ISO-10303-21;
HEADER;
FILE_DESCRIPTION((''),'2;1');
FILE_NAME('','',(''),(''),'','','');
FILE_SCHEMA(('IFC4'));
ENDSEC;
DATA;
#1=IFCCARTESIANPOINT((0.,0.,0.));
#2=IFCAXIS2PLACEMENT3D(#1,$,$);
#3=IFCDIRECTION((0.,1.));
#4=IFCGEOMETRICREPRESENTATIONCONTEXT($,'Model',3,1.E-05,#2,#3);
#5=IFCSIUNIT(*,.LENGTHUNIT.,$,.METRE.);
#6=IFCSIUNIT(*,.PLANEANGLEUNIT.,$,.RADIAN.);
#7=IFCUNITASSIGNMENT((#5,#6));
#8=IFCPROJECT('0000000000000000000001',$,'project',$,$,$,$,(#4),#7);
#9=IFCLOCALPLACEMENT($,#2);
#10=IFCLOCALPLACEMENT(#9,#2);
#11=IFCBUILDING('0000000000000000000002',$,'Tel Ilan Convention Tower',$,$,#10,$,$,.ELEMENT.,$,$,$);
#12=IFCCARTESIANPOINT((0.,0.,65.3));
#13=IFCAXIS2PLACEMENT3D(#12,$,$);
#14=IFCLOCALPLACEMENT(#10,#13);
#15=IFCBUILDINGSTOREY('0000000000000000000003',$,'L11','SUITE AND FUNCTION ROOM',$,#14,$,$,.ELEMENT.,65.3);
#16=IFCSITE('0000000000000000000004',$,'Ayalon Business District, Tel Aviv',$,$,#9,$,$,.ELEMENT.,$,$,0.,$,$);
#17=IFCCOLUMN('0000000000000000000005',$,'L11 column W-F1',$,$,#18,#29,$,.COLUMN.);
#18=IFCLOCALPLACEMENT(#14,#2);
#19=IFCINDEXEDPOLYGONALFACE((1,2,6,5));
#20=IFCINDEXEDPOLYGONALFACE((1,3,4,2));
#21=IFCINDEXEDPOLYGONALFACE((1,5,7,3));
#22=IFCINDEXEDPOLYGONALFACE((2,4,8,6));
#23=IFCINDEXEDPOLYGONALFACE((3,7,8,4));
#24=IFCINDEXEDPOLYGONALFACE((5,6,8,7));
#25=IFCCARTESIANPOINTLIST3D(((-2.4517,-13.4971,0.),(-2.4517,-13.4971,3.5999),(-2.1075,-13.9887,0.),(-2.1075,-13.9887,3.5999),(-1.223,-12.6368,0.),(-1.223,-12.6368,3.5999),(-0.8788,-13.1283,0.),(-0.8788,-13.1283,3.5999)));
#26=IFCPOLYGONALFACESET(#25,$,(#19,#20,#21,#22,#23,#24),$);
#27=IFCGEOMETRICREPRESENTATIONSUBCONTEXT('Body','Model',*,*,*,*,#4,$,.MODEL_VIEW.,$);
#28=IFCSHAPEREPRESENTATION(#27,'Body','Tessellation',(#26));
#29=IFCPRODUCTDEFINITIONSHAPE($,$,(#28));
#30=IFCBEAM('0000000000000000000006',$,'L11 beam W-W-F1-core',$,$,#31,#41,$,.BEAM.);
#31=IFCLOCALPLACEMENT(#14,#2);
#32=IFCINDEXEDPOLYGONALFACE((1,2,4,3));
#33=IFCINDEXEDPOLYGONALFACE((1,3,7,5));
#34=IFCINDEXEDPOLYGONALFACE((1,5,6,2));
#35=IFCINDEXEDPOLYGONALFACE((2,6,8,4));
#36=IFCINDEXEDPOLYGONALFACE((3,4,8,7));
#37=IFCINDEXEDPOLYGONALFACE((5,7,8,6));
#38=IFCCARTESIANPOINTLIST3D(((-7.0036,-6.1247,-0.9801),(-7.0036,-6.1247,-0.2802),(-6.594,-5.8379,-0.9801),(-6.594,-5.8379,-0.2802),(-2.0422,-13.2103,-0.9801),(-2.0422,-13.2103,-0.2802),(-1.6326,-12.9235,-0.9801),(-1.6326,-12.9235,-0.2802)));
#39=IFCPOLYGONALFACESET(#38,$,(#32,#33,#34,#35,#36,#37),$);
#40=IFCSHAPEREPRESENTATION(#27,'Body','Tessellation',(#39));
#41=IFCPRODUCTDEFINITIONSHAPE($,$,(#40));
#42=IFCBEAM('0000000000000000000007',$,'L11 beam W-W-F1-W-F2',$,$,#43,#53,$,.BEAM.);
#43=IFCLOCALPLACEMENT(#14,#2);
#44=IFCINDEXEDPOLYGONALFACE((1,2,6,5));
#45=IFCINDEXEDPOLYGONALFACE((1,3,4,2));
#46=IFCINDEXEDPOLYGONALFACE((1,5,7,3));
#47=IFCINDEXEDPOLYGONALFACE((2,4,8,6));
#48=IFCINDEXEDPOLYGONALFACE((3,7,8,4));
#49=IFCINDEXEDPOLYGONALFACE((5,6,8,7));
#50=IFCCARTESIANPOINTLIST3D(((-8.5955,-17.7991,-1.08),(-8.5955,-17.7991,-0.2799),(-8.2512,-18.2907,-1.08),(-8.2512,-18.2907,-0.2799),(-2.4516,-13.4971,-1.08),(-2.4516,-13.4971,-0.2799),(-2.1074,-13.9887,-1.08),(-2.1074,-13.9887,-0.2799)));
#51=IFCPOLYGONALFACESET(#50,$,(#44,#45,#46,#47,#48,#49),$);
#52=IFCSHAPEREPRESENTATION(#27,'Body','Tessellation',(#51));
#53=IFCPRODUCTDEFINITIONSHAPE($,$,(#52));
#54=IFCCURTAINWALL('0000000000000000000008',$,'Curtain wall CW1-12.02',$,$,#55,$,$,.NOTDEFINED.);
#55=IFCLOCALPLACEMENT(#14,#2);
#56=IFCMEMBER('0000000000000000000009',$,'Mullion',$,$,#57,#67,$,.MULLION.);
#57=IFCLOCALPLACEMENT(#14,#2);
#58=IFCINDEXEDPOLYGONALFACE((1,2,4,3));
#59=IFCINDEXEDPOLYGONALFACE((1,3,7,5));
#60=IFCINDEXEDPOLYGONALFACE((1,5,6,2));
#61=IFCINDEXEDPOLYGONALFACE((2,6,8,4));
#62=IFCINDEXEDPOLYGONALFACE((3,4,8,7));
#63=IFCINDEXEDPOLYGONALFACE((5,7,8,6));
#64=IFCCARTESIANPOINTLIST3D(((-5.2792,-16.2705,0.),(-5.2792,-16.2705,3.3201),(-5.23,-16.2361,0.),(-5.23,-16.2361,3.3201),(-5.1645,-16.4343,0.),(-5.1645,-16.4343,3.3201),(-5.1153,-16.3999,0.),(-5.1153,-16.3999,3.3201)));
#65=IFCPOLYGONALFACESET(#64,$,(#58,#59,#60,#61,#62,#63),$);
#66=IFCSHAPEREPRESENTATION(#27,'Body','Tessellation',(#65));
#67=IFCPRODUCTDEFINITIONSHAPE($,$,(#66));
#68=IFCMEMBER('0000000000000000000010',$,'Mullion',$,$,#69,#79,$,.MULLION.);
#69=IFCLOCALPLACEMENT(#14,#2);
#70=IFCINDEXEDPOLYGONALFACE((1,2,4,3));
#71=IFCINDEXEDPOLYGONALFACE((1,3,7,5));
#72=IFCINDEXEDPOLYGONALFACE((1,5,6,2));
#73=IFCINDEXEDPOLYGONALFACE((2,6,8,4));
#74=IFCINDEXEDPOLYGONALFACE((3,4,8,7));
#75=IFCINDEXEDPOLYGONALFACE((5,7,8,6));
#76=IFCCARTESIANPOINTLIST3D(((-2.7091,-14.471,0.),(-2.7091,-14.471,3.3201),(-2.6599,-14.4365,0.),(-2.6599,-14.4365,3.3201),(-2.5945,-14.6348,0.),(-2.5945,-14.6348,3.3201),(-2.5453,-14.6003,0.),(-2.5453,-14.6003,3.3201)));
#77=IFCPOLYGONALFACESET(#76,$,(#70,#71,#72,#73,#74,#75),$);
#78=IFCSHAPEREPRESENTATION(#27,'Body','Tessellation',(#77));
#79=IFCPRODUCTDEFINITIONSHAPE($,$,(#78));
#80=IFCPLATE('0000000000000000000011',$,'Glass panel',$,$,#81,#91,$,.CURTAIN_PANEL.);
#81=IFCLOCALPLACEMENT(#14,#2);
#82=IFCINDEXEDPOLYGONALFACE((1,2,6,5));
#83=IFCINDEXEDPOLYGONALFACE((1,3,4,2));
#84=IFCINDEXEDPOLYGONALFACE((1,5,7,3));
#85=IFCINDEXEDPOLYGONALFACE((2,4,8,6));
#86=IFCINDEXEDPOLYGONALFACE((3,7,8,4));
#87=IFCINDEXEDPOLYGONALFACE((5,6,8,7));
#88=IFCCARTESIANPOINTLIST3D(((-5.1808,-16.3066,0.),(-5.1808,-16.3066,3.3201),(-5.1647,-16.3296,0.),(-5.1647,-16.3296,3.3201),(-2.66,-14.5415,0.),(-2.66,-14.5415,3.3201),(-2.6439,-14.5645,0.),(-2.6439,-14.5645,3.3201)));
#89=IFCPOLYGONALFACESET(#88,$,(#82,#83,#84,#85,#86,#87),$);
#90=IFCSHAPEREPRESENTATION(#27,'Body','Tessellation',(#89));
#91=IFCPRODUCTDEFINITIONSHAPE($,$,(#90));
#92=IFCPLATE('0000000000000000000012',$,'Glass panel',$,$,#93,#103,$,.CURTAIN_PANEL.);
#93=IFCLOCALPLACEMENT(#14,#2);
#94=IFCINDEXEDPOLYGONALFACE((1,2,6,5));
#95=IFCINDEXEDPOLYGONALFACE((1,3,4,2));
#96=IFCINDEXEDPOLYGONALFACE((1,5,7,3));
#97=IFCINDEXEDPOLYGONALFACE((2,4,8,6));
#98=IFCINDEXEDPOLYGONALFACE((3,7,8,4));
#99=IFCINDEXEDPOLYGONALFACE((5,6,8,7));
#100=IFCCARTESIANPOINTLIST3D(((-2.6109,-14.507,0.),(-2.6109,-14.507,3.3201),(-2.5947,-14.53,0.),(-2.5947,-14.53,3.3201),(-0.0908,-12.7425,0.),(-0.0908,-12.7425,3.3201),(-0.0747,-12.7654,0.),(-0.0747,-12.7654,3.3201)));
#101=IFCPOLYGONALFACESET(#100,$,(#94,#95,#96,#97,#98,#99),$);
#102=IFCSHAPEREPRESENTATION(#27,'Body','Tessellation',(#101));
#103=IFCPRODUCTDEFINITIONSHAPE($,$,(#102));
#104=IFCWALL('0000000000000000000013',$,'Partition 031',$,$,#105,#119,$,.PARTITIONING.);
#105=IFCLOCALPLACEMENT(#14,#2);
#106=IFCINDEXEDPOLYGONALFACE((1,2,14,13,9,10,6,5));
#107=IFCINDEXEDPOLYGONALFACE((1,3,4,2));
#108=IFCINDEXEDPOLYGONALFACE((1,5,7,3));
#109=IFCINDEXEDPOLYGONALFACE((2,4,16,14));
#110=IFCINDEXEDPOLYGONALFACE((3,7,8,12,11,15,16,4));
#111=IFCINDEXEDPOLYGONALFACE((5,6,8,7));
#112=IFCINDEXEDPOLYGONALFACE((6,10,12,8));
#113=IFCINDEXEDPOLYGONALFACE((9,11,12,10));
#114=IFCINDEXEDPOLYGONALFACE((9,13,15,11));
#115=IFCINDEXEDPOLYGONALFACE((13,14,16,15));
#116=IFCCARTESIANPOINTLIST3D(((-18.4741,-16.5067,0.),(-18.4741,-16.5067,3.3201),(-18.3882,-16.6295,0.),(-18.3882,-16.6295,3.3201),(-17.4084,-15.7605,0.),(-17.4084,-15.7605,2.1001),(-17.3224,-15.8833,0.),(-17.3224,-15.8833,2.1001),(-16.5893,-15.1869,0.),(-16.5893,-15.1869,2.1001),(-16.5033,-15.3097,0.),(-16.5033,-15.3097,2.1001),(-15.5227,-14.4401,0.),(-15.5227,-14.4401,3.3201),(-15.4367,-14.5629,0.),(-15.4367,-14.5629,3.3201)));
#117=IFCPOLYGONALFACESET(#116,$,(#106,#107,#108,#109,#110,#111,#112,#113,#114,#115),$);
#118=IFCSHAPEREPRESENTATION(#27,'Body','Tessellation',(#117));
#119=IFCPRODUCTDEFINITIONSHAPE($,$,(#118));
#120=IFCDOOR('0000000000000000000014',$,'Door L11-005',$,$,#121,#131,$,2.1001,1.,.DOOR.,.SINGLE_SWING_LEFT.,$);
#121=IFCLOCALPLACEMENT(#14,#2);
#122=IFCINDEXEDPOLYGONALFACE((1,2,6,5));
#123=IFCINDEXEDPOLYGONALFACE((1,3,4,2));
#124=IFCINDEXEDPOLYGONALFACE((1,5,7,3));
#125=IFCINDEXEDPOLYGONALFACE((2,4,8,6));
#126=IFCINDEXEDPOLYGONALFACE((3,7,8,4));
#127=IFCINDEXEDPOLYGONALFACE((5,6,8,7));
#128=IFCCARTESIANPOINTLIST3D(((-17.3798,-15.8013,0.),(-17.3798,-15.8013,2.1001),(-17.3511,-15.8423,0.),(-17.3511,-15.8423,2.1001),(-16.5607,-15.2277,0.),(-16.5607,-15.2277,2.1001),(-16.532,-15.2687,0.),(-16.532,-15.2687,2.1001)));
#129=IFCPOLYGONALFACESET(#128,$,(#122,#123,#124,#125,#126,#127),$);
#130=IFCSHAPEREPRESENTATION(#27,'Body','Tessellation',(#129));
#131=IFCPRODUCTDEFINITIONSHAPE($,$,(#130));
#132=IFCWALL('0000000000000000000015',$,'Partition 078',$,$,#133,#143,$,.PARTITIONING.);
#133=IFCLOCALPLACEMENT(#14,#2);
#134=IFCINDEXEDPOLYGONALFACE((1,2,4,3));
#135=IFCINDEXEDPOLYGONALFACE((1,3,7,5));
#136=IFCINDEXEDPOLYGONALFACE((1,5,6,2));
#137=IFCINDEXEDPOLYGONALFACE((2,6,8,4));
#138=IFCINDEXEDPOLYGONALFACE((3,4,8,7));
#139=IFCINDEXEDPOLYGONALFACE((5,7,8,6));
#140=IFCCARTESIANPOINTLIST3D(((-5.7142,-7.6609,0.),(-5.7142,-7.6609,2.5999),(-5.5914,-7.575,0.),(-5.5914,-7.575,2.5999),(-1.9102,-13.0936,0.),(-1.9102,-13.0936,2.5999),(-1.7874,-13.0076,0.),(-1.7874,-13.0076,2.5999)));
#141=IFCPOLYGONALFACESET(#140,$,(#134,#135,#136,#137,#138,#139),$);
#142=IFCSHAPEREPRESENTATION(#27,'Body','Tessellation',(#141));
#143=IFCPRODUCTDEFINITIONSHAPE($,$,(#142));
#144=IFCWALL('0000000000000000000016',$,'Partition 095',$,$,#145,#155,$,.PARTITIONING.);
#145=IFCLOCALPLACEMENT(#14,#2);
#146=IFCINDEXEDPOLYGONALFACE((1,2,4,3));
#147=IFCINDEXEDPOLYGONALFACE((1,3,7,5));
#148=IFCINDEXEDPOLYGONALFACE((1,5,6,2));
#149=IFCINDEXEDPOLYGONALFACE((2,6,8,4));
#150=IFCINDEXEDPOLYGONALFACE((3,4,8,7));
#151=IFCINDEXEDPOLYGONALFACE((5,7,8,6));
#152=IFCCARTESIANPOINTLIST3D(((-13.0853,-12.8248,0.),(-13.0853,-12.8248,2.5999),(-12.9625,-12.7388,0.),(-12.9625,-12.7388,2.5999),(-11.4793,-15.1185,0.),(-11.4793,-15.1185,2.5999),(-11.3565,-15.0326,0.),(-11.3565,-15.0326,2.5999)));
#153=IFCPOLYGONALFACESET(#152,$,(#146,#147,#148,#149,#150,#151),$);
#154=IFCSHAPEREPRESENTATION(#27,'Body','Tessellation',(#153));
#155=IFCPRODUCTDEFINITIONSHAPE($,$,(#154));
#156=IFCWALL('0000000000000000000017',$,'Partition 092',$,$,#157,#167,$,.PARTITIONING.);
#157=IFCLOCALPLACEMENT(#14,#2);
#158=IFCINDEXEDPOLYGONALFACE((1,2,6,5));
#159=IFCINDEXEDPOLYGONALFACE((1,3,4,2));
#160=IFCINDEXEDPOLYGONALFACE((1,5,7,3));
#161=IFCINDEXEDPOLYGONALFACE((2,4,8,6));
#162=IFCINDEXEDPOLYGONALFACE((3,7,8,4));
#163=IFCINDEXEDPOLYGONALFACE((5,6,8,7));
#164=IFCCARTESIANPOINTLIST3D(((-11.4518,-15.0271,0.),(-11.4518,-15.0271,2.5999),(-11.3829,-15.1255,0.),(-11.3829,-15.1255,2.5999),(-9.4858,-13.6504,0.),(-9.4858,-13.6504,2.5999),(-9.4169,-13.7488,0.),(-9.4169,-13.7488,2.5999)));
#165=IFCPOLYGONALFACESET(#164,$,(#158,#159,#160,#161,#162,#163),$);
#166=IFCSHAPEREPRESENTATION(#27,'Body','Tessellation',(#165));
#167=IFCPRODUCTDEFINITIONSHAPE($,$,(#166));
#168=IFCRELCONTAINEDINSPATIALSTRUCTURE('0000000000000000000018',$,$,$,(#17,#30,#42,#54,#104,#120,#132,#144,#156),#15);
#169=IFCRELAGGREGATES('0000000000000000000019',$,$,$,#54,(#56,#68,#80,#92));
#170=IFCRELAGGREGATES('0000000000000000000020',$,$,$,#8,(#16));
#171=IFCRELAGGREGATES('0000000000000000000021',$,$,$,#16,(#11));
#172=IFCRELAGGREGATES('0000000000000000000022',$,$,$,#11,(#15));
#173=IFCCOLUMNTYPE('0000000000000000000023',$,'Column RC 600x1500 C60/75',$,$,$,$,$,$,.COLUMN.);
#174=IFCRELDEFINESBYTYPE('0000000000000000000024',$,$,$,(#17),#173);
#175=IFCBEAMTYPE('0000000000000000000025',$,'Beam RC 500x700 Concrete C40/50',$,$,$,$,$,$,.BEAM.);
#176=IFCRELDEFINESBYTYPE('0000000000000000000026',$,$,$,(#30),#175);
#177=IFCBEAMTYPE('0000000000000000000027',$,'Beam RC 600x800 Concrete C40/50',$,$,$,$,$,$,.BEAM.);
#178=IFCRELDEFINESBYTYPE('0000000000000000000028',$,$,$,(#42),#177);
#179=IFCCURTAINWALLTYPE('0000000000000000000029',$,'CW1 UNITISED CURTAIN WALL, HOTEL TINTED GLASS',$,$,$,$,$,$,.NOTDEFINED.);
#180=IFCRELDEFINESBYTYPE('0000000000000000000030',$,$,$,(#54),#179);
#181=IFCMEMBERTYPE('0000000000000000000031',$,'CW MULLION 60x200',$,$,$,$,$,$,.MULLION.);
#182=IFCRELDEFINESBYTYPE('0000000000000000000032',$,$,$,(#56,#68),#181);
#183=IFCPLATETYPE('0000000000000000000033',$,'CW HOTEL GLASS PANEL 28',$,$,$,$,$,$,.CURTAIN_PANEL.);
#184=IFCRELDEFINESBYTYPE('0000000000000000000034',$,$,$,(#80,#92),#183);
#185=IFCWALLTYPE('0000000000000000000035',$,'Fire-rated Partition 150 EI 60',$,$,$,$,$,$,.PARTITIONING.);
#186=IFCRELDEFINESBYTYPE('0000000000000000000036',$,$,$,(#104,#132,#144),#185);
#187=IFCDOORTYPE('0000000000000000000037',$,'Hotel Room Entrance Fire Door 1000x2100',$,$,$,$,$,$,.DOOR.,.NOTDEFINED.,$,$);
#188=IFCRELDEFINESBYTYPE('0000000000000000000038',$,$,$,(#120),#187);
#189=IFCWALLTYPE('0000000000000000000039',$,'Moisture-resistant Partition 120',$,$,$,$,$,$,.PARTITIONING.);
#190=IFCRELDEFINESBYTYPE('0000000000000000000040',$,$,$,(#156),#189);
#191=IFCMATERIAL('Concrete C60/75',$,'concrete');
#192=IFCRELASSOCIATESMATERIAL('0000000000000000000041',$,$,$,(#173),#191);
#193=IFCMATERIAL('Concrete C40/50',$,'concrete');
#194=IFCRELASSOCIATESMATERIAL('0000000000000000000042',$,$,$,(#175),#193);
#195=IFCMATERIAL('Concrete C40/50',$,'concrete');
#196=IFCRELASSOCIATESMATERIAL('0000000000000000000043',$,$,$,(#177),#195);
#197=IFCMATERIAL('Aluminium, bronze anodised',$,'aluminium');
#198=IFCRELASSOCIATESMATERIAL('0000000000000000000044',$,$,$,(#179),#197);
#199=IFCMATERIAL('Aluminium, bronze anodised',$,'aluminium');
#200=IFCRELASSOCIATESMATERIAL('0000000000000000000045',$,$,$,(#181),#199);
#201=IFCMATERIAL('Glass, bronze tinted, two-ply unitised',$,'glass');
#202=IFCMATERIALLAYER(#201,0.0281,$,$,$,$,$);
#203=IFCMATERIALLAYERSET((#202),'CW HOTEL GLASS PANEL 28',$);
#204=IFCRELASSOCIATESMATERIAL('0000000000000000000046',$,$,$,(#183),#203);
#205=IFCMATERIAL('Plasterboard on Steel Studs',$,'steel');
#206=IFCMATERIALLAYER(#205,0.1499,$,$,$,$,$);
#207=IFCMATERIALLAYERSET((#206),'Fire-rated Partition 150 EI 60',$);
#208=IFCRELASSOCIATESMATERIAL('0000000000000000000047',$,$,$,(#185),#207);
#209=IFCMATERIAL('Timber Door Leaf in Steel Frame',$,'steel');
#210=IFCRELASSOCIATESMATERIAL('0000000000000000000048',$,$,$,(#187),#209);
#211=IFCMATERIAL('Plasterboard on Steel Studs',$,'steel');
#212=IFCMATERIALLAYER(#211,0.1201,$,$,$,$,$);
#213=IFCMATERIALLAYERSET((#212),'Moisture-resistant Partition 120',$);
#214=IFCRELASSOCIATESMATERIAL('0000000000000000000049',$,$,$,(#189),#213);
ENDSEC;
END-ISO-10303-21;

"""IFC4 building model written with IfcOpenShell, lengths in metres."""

from ifc_helpers import new_model, si_unit, direction, frame, frame_2d, origin, origin_2d, place, context, subcontext, project, spatial, rectangle, extrude, material, layer, layer_set, material_profile, profile_set, type_object, element, fill, aggregate, save


model = new_model("IFC4")

# Units and contexts
model_context = context("Model", 3, precision=1e-05, world=origin(), true_north=direction((0.0, 1.0)))
body_context = subcontext(model_context, "Body", "Model", "MODEL_VIEW")
ifc_project = project(units=[si_unit("LENGTHUNIT", "METRE"), si_unit("PLANEANGLEUNIT", "RADIAN")], contexts=[model_context])

# Site, building, storey
site_placement = place(None, origin())
site = spatial("IfcSite", under=ifc_project, at=site_placement, Name="Ayalon Business District, Tel Aviv", CompositionType="ELEMENT", RefElevation=0.0)
building_placement = place(site_placement, origin())
building = spatial("IfcBuilding", under=site, at=building_placement, Name="Tel Ilan Convention Tower", CompositionType="ELEMENT")
storey_placement = place(building_placement, frame((0.0, 0.0, 65.3)))
storey = spatial("IfcBuildingStorey", under=building, at=storey_placement, Name="L11", Description="SUITE AND FUNCTION ROOM", CompositionType="ELEMENT", Elevation=65.3)

# Column
ifc_material_1 = material(Name="Concrete C60/75", Category="concrete")
ifc_material_profile_1 = material_profile(ifc_material_1, rectangle(XDim=1.5, YDim=0.6001, at=origin_2d()), Name="RC 600x1500")
ifc_profile_set_1 = profile_set([ifc_material_profile_1], Name="Concrete C60/75")
column_type = type_object("IfcColumnType", Name="Column RC 600x1500 C60/75", PredefinedType="COLUMN", material=ifc_profile_set_1)
column_placement = place(storey_placement, frame((-1.6653, -13.3127, 0.0), z_axis=(0.0, 0.0, 1.0), x_axis=(-0.819152, -0.573576, 0.0)))
element("IfcColumn", 1, at=column_placement, inside=storey, type_object=column_type, Name="L11 column W-F1", PredefinedType="COLUMN", context=body_context, shape_type="SweptSolid", body=[
    extrude(rectangle(XDim=1.5, YDim=0.6001, at=origin_2d()), origin(), (0.0, 0.0, 1.0), 3.5999),
])

# Beams
ifc_material_2 = material(Name="Concrete C40/50", Category="concrete")
ifc_material_profile_2 = material_profile(ifc_material_2, rectangle(XDim=0.5, YDim=0.7, at=origin_2d()), Name="RC 500x700")
ifc_profile_set_2 = profile_set([ifc_material_profile_2], Name="Concrete C40/50")
beam_type_1 = type_object("IfcBeamType", Name="Beam RC 500x700 Concrete C40/50", PredefinedType="BEAM", material=ifc_profile_set_2)
beam_1_placement = place(storey_placement, frame((-1.8374, -13.0669, -0.6301), z_axis=(-0.573574, 0.819154, 0.0), x_axis=(-0.819154, -0.573574, 0.0)))
element("IfcBeam", 2, at=beam_1_placement, inside=storey, type_object=beam_type_1, Name="L11 beam W-W-F1-core", PredefinedType="BEAM", context=body_context, shape_type="SweptSolid", body=[
    extrude(rectangle(XDim=0.5, YDim=0.7, at=origin_2d()), origin(), (0.0, 0.0, 1.0), 8.6499),
])
ifc_material_3 = material(Name="Concrete C40/50", Category="concrete")
ifc_material_profile_3 = material_profile(ifc_material_3, rectangle(XDim=0.6001, YDim=0.8, at=origin_2d()), Name="RC 600x800")
ifc_profile_set_3 = profile_set([ifc_material_profile_3], Name="Concrete C40/50")
beam_type_2 = type_object("IfcBeamType", Name="Beam RC 600x800 Concrete C40/50", PredefinedType="BEAM", material=ifc_profile_set_3)
beam_2_placement = place(storey_placement, frame((-2.2795, -13.7429, -0.6799), z_axis=(-0.819148, -0.573582, 0.0), x_axis=(0.573582, -0.819148, 0.0)))
element("IfcBeam", 3, at=beam_2_placement, inside=storey, type_object=beam_type_2, Name="L11 beam W-W-F1-W-F2", PredefinedType="BEAM", context=body_context, shape_type="SweptSolid", body=[
    extrude(rectangle(XDim=0.6001, YDim=0.8, at=origin_2d()), origin(), (0.0, 0.0, 1.0), 7.5002),
])

# Curtain wall, members, plates
ifc_material_4 = material(Name="Aluminium, bronze anodised", Category="aluminium")
curtain_wall_type = type_object("IfcCurtainWallType", Name="CW1 UNITISED CURTAIN WALL, HOTEL TINTED GLASS", PredefinedType="NOTDEFINED", material=ifc_material_4)
curtain_wall_placement = place(storey_placement, origin())
curtain_wall = element("IfcCurtainWall", 4, at=curtain_wall_placement, inside=storey, type_object=curtain_wall_type, Name="Curtain wall CW1-12.02", PredefinedType="NOTDEFINED")
ifc_material_5 = material(Name="Aluminium, bronze anodised", Category="aluminium")
ifc_material_profile_4 = material_profile(ifc_material_5, rectangle(XDim=0.0601, YDim=0.2, at=origin_2d()), Name="CW MULLION 60x200")
ifc_profile_set_4 = profile_set([ifc_material_profile_4], Name="Aluminium, bronze anodised")
member_type = type_object("IfcMemberType", Name="CW MULLION 60x200", PredefinedType="MULLION", material=ifc_profile_set_4)
member_1_placement = place(storey_placement, frame((-5.1973, -16.3352, 0.0), z_axis=(0.0, 0.0, 1.0), x_axis=(0.819152, 0.573576, 0.0)))
member_1 = element("IfcMember", 5, at=member_1_placement, type_object=member_type, Name="Mullion", PredefinedType="MULLION", context=body_context, shape_type="SweptSolid", body=[
    extrude(rectangle(XDim=0.0601, YDim=0.2, at=origin_2d()), origin(), (0.0, 0.0, 1.0), 3.3201),
])
member_2_placement = place(storey_placement, frame((-2.6272, -14.5356, 0.0), z_axis=(0.0, 0.0, 1.0), x_axis=(0.819152, 0.573576, 0.0)))
member_2 = element("IfcMember", 6, at=member_2_placement, type_object=member_type, Name="Mullion", PredefinedType="MULLION", context=body_context, shape_type="SweptSolid", body=[
    extrude(rectangle(XDim=0.0601, YDim=0.2, at=origin_2d()), origin(), (0.0, 0.0, 1.0), 3.3201),
])
ifc_material_6 = material(Name="Glass, bronze tinted, two-ply unitised", Category="glass")
ifc_layer_1 = layer(ifc_material_6, 0.0281)
ifc_layer_set_1 = layer_set([ifc_layer_1], Name="CW HOTEL GLASS PANEL 28")
plate_type = type_object("IfcPlateType", Name="CW HOTEL GLASS PANEL 28", PredefinedType="CURTAIN_PANEL", material=ifc_layer_set_1)
plate_1_placement = place(storey_placement, frame((-3.9124, -15.4355, 0.0), z_axis=(0.0, 0.0, 1.0), x_axis=(0.819152, 0.573576, 0.0)))
plate_1 = element("IfcPlate", 7, at=plate_1_placement, type_object=plate_type, Name="Glass panel", PredefinedType="CURTAIN_PANEL", context=body_context, shape_type="SweptSolid", body=[
    extrude(rectangle(XDim=3.0774, YDim=0.0281, at=origin_2d()), origin(), (0.0, 0.0, 1.0), 3.3201),
])
plate_2_placement = place(storey_placement, frame((-1.3428, -13.6362, 0.0), z_axis=(0.0, 0.0, 1.0), x_axis=(0.819152, 0.573576, 0.0)))
plate_2 = element("IfcPlate", 8, at=plate_2_placement, type_object=plate_type, Name="Glass panel", PredefinedType="CURTAIN_PANEL", context=body_context, shape_type="SweptSolid", body=[
    extrude(rectangle(XDim=3.0764, YDim=0.0281, at=origin_2d()), origin(), (0.0, 0.0, 1.0), 3.3201),
])
aggregate(curtain_wall, [member_1, member_2, plate_1, plate_2])

# Wall, opening, door
ifc_material_7 = material(Name="Plasterboard on Steel Studs", Category="steel")
ifc_layer_2 = layer(ifc_material_7, 0.1499)
ifc_layer_set_2 = layer_set([ifc_layer_2], Name="Fire-rated Partition 150 EI 60")
wall_type_1 = type_object("IfcWallType", Name="Fire-rated Partition 150 EI 60", PredefinedType="PARTITIONING", material=ifc_layer_set_2)
wall_1_placement = place(storey_placement, frame((-15.4797, -14.5015, 0.0), z_axis=(0.0, 0.0, 1.0), x_axis=(-0.819146, -0.573585, 0.0)))
wall_1 = element("IfcWall", 9, at=wall_1_placement, inside=storey, type_object=wall_type_1, Name="Partition 031", PredefinedType="PARTITIONING", context=body_context, shape_type="SweptSolid", body=[
    extrude(rectangle(XDim=3.603, YDim=0.1499, at=frame_2d((1.8015, 0.0))), origin(), (0.0, 0.0, 1.0), 3.3201),
])
opening_1_placement = place(wall_1_placement, frame((1.302, 0.0, 0.0)))
opening_1 = element("IfcOpeningElement", 10, at=opening_1_placement, cuts=wall_1, PredefinedType="OPENING", context=body_context, shape_type="SweptSolid", body=[
    extrude(rectangle(XDim=1.0, YDim=2.1001, at=frame_2d((0.5, 1.05))), frame((0.0, 0.085, 0.0), z_axis=(0.0, -1.0, 0.0), x_axis=(1.0, 0.0, 0.0)), (0.0, 0.0, 1.0), 0.1699),
])
ifc_material_8 = material(Name="Timber Door Leaf in Steel Frame", Category="steel")
door_type_1 = type_object("IfcDoorType", Name="Hotel Room Entrance Fire Door 1000x2100", OperationType="NOTDEFINED", PredefinedType="DOOR", material=ifc_material_8)
door_1_placement = place(opening_1_placement, origin())
door_1 = element("IfcDoor", 11, at=door_1_placement, inside=storey, type_object=door_type_1, Name="Door L11-005", OperationType="SINGLE_SWING_LEFT", OverallHeight=2.1001, OverallWidth=1.0, PredefinedType="DOOR", context=body_context, shape_type="SweptSolid", body=[
    extrude(rectangle(XDim=1.0, YDim=2.1001, at=frame_2d((0.5, 1.05))), frame((0.0, 0.0249, 0.0), z_axis=(0.0, -1.0, 0.0), x_axis=(1.0, 0.0, 0.0)), (0.0, 0.0, 1.0), 0.05),
])
fill(opening_1, door_1)

# Walls
wall_2_placement = place(storey_placement, frame((-1.8489, -13.0505, 0.0), z_axis=(0.0, 0.0, 1.0), x_axis=(-0.573576, 0.819152, 0.0)))
element("IfcWall", 12, at=wall_2_placement, inside=storey, type_object=wall_type_1, Name="Partition 078", PredefinedType="PARTITIONING", context=body_context, shape_type="SweptSolid", body=[
    extrude(rectangle(XDim=6.6321, YDim=0.1499, at=frame_2d((3.3159, 0.0))), origin(), (0.0, 0.0, 1.0), 2.5999),
])
wall_3_placement = place(storey_placement, frame((-11.418, -15.0754, 0.0), z_axis=(0.0, 0.0, 1.0), x_axis=(-0.57355, 0.81917, 0.0)))
element("IfcWall", 13, at=wall_3_placement, inside=storey, type_object=wall_type_1, Name="Partition 095", PredefinedType="PARTITIONING", context=body_context, shape_type="SweptSolid", body=[
    extrude(rectangle(XDim=2.8, YDim=0.1499, at=frame_2d((1.3999, 0.0))), origin(), (0.0, 0.0, 1.0), 2.5999),
])
ifc_material_9 = material(Name="Plasterboard on Steel Studs", Category="steel")
ifc_layer_3 = layer(ifc_material_9, 0.1201)
ifc_layer_set_3 = layer_set([ifc_layer_3], Name="Moisture-resistant Partition 120")
wall_type_2 = type_object("IfcWallType", Name="Moisture-resistant Partition 120", PredefinedType="PARTITIONING", material=ifc_layer_set_3)
wall_4_placement = place(storey_placement, frame((-11.4175, -15.0764, 0.0), z_axis=(0.0, 0.0, 1.0), x_axis=(0.819141, 0.573592, 0.0)))
element("IfcWall", 14, at=wall_4_placement, inside=storey, type_object=wall_type_2, Name="Partition 092", PredefinedType="PARTITIONING", context=body_context, shape_type="SweptSolid", body=[
    extrude(rectangle(XDim=2.4001, YDim=0.1201, at=frame_2d((1.2002, 0.0))), origin(), (0.0, 0.0, 1.0), 2.5999),
])

save(model, "model.ifc")
